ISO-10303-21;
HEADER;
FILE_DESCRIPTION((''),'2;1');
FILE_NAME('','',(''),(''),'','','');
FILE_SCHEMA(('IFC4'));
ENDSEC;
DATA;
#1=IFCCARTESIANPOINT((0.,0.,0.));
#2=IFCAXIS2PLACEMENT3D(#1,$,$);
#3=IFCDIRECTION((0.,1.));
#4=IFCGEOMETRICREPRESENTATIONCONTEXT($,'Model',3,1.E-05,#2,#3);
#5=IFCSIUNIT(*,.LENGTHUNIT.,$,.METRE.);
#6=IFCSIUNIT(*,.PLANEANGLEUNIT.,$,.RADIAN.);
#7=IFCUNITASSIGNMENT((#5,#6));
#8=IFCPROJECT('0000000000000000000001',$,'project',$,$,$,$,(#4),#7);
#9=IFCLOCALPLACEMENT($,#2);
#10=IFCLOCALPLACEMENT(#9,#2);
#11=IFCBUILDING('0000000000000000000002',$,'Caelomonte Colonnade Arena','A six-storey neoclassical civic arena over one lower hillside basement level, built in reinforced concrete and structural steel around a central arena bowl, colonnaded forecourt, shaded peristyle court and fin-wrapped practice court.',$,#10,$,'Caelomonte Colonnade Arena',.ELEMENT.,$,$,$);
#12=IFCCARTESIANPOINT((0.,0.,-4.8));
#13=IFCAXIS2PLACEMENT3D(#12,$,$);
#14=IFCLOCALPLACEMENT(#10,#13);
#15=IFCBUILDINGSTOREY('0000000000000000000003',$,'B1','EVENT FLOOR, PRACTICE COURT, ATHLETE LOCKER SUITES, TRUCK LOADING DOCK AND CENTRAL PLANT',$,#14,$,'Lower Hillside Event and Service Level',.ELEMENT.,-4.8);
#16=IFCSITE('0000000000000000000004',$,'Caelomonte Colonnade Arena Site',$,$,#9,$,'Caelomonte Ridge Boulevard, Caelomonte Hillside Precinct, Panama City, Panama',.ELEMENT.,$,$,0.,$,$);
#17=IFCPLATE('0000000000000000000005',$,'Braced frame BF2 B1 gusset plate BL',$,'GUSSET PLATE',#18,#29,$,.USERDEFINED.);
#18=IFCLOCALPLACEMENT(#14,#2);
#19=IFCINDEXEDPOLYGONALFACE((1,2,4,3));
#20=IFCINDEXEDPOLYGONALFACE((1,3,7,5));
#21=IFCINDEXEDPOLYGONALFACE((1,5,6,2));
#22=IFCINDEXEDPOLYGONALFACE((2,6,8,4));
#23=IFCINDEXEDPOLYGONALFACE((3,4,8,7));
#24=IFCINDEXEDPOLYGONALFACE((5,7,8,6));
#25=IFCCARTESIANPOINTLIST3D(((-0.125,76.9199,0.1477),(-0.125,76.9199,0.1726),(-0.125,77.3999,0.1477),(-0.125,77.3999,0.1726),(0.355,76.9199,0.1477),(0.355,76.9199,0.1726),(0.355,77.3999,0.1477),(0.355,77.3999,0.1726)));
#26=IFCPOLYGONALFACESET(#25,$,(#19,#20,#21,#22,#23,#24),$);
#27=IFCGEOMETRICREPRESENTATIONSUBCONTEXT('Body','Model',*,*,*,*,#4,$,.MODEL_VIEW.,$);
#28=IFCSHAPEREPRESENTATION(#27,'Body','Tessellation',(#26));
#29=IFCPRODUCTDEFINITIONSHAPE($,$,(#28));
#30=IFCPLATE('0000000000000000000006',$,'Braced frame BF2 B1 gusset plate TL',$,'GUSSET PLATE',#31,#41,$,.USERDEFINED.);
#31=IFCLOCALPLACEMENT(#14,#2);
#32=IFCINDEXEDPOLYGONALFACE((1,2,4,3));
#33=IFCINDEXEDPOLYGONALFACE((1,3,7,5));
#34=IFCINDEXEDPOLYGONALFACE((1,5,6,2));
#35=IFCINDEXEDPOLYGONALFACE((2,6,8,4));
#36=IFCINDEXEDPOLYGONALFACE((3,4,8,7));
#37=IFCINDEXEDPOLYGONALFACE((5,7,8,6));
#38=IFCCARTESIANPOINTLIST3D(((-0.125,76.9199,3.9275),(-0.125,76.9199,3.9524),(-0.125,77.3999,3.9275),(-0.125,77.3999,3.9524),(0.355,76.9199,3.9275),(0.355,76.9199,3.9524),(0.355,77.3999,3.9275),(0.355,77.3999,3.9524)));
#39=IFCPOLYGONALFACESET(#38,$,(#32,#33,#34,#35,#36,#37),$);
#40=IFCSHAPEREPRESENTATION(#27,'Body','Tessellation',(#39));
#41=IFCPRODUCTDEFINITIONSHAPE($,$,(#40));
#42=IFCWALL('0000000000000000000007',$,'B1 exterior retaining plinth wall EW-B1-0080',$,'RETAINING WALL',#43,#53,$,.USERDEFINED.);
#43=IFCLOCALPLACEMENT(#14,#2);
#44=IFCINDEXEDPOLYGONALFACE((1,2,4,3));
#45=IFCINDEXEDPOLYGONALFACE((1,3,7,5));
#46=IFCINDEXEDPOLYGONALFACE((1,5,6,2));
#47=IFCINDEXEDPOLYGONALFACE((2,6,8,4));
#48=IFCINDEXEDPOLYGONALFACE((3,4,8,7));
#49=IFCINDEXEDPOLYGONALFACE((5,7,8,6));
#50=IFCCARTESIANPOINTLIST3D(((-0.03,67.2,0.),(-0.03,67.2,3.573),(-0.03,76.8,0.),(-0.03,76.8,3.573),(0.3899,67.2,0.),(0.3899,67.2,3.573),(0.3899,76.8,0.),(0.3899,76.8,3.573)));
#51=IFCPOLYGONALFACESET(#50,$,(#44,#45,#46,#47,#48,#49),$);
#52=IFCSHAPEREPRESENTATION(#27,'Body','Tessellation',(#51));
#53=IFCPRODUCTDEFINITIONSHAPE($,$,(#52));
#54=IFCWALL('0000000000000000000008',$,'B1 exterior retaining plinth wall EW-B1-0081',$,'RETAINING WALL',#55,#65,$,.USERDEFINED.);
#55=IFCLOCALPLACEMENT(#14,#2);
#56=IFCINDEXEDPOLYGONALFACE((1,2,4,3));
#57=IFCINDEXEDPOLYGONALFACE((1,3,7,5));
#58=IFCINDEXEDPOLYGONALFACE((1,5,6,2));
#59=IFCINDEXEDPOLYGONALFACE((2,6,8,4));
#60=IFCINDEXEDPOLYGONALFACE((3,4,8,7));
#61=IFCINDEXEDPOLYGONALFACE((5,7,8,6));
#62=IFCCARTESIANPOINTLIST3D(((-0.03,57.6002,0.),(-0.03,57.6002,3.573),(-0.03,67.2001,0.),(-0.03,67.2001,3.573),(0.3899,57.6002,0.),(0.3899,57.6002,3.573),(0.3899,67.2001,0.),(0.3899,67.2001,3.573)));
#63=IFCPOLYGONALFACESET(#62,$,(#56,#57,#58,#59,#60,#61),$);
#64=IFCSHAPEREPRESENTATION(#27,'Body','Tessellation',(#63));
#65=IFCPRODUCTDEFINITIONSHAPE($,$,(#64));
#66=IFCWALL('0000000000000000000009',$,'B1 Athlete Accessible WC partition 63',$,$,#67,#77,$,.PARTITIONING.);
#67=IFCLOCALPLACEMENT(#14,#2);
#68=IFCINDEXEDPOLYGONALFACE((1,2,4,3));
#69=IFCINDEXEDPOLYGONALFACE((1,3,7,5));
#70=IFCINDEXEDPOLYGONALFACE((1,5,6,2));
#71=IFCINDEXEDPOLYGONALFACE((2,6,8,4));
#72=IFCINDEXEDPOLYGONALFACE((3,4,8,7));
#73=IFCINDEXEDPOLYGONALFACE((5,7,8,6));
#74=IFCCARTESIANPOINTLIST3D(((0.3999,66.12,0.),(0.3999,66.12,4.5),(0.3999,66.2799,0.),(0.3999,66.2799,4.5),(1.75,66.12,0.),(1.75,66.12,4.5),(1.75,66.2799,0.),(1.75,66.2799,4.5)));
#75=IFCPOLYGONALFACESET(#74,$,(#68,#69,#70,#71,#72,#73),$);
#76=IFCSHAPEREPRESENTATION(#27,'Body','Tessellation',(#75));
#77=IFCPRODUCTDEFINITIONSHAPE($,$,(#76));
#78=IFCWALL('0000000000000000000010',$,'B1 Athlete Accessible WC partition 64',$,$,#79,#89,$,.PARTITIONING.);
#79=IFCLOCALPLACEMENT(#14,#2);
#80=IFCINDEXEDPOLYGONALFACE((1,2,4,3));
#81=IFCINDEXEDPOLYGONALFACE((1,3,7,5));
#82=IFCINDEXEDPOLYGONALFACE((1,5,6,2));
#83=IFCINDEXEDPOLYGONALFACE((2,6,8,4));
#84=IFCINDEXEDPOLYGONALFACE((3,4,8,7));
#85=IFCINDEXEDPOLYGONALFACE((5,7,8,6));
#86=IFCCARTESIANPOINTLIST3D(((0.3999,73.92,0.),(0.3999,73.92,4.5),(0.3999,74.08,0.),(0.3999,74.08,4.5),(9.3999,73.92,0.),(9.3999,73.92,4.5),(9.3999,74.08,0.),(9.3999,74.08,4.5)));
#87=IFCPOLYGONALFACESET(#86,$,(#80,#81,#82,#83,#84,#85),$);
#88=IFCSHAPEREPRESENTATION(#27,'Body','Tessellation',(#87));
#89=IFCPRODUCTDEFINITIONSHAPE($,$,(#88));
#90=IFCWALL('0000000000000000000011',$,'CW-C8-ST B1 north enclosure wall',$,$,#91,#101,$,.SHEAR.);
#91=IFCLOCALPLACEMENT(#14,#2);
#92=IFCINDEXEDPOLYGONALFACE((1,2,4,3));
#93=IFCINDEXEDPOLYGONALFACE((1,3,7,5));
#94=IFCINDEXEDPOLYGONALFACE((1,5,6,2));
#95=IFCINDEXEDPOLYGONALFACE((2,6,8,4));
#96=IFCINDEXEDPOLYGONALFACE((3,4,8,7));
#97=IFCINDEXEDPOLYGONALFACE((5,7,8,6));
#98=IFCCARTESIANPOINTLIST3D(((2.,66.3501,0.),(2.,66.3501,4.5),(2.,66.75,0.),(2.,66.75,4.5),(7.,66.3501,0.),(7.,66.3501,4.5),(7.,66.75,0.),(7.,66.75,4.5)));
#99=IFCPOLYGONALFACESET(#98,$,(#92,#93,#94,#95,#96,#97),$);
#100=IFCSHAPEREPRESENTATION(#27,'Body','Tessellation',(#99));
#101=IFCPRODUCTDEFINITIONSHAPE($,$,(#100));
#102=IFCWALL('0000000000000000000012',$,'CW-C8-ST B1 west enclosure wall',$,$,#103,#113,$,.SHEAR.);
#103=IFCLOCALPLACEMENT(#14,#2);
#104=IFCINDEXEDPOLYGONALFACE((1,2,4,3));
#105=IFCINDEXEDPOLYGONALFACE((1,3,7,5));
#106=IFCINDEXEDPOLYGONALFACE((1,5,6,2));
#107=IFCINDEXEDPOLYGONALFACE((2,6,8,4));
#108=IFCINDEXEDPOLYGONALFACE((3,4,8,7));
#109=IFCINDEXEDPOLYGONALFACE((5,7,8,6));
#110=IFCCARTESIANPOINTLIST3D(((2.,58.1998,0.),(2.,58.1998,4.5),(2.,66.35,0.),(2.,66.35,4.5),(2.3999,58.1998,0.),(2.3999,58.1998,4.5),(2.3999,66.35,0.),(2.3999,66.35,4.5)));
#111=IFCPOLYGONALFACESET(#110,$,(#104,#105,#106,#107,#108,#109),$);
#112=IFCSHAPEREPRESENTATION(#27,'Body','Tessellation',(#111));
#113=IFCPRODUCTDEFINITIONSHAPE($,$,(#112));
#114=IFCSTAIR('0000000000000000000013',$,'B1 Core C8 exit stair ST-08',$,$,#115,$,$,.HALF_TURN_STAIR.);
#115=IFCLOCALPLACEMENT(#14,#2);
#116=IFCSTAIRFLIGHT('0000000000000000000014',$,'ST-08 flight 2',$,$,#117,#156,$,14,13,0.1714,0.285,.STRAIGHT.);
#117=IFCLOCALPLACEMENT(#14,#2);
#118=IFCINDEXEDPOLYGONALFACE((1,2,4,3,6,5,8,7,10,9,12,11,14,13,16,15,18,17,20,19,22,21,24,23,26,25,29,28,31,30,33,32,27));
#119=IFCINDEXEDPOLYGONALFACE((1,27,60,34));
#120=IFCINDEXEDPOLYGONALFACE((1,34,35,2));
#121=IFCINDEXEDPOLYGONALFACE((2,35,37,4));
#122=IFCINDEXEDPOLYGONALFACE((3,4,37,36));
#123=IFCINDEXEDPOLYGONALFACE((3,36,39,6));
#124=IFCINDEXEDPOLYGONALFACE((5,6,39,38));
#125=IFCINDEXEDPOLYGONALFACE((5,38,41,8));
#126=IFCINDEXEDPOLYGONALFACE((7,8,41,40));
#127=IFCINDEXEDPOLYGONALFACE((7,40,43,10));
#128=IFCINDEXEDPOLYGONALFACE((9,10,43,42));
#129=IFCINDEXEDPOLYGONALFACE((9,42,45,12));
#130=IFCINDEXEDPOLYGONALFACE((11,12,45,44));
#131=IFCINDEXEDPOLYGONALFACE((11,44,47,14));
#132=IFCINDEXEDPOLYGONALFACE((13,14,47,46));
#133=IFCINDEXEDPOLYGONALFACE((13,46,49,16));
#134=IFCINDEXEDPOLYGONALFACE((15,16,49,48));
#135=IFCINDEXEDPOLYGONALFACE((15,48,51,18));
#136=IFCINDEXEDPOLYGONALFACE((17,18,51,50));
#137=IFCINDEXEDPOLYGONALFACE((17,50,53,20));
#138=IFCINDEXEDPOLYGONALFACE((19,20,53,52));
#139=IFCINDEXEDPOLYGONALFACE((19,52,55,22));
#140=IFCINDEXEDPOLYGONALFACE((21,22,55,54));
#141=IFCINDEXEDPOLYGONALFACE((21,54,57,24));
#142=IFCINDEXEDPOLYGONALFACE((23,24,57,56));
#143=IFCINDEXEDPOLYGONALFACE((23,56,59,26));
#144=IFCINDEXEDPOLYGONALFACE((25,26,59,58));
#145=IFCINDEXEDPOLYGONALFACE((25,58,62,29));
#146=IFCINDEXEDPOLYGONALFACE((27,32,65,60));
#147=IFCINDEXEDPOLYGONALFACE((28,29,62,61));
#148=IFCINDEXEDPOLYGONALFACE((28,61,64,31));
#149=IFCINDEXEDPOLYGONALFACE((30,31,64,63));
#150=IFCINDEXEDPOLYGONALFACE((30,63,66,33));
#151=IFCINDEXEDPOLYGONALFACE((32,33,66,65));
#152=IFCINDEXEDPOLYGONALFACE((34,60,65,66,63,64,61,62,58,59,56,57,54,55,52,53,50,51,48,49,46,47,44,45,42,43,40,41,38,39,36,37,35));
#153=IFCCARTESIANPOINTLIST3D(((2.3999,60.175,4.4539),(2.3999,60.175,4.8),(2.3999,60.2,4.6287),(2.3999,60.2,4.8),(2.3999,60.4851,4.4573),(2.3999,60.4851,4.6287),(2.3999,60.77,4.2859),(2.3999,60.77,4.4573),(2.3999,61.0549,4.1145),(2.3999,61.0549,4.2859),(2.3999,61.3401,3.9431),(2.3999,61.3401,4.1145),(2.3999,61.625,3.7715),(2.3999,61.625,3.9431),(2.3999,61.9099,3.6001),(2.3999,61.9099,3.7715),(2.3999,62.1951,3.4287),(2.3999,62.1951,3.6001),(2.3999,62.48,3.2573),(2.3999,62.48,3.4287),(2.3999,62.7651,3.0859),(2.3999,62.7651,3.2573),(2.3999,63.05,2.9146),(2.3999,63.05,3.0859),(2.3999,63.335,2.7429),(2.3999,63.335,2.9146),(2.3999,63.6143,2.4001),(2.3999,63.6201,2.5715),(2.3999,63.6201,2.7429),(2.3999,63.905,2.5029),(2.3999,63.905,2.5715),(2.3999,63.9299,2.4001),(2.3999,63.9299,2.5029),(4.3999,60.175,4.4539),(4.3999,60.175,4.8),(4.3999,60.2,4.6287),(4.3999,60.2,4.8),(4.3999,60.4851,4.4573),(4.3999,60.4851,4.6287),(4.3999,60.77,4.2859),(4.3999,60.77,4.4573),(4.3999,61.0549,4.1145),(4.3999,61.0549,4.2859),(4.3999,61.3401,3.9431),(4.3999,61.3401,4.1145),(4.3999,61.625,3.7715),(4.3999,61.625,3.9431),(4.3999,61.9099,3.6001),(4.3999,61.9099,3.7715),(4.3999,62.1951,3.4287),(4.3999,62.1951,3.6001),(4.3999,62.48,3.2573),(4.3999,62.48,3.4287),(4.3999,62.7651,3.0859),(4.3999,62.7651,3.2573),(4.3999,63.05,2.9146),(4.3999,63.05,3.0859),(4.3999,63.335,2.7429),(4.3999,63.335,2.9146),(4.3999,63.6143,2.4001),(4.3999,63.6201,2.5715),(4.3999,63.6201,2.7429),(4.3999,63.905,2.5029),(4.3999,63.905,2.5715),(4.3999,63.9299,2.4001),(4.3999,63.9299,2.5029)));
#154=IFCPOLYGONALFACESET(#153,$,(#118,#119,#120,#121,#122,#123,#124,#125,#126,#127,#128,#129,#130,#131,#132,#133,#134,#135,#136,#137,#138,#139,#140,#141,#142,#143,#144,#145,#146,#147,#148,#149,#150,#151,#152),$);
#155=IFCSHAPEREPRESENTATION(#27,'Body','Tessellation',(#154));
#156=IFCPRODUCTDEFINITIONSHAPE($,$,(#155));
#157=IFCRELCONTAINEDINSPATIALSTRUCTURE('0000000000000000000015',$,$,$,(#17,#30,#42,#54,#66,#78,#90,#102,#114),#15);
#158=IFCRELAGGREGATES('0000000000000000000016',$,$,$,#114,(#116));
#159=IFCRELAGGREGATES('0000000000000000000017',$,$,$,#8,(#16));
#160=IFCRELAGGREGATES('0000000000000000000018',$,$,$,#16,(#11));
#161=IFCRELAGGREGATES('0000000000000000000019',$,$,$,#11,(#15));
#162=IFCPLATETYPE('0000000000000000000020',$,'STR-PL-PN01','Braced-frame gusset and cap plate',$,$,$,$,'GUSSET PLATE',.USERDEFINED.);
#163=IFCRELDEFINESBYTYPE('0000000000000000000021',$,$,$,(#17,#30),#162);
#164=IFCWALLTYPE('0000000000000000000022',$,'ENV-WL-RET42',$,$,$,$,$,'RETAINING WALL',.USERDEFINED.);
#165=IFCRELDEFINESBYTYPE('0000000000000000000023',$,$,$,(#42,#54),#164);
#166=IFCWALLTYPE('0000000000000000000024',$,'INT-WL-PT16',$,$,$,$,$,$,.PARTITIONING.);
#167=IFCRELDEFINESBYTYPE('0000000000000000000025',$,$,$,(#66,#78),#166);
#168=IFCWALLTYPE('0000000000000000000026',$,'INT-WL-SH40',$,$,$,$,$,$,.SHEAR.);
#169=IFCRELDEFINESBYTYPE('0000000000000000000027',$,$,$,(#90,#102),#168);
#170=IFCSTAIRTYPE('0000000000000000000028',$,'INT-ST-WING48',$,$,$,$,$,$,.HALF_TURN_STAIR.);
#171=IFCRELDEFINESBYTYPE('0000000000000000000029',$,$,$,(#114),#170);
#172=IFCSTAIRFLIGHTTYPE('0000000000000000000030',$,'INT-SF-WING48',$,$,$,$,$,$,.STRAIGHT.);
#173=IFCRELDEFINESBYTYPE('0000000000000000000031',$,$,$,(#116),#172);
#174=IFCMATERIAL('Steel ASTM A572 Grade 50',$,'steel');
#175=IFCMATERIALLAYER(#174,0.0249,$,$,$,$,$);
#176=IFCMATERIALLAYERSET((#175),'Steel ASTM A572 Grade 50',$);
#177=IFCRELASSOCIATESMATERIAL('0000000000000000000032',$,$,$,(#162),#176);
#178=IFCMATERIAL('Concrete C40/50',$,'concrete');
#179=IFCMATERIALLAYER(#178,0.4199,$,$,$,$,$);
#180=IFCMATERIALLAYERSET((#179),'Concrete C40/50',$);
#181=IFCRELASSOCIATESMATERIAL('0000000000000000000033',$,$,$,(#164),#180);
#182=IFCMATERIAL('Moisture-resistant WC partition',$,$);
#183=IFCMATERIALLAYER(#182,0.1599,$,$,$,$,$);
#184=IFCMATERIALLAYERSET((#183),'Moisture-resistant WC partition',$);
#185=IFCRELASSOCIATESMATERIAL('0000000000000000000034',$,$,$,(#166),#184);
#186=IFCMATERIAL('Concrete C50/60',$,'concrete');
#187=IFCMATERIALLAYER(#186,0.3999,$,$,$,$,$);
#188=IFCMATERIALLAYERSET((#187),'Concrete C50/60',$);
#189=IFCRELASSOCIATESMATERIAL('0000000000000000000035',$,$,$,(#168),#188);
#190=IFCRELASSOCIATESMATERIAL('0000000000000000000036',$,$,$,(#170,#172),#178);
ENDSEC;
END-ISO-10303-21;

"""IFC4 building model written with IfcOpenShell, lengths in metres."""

from ifc_helpers import new_model, si_unit, direction, frame, frame_2d, origin, origin_2d, place, context, subcontext, project, spatial, polyline, rectangle, outline, extrude, material, layer, layer_set, type_object, element, aggregate, save


model = new_model("IFC4")

# Units and contexts
model_context = context("Model", 3, precision=1e-05, world=origin(), true_north=direction((0.0, 1.0)))
body_context = subcontext(model_context, "Body", "Model", "MODEL_VIEW")
ifc_project = project(units=[si_unit("LENGTHUNIT", "METRE"), si_unit("PLANEANGLEUNIT", "RADIAN")], contexts=[model_context])

# Site, building, storey
site_placement = place(None, origin())
site = spatial("IfcSite", under=ifc_project, at=site_placement, Name="Caelomonte Colonnade Arena Site", LongName="Caelomonte Ridge Boulevard, Caelomonte Hillside Precinct, Panama City, Panama", CompositionType="ELEMENT", RefElevation=0.0)
building_placement = place(site_placement, origin())
building = spatial("IfcBuilding", under=site, at=building_placement, Name="Caelomonte Colonnade Arena", Description="A six-storey neoclassical civic arena over one lower hillside basement level, built in reinforced concrete and structural steel around a central arena bowl, colonnaded forecourt, shaded peristyle court and fin-wrapped practice court.", LongName="Caelomonte Colonnade Arena", CompositionType="ELEMENT")
storey_placement = place(building_placement, frame((0.0, 0.0, -4.8)))
storey = spatial("IfcBuildingStorey", under=building, at=storey_placement, Name="B1", Description="EVENT FLOOR, PRACTICE COURT, ATHLETE LOCKER SUITES, TRUCK LOADING DOCK AND CENTRAL PLANT", LongName="Lower Hillside Event and Service Level", CompositionType="ELEMENT", Elevation=-4.8)

# Shared definitions
ifc_material_1 = material(Name="Concrete C40/50", Category="concrete")

# Plates
ifc_material_2 = material(Name="Steel ASTM A572 Grade 50", Category="steel")
ifc_layer_1 = layer(ifc_material_2, 0.0249)
ifc_layer_set_1 = layer_set([ifc_layer_1], Name="Steel ASTM A572 Grade 50")
plate_type = type_object("IfcPlateType", Name="STR-PL-PN01", Description="Braced-frame gusset and cap plate", ElementType="GUSSET PLATE", PredefinedType="USERDEFINED", material=ifc_layer_set_1)
for number, where, z_axis, x_axis, name in (
    (1, (0.115, 77.1599, 0.1477), (0.0, 0.0, 1.0), (1.0, 0.0, 0.0), "Braced frame BF2 B1 gusset plate BL"),
    (2, (0.115, 77.1599, 3.9275), (0.0, 0.0, 1.0), (1.0, 0.0, 0.0), "Braced frame BF2 B1 gusset plate TL"),
):
    element("IfcPlate", number, at=place(storey_placement, frame(where, z_axis=z_axis, x_axis=x_axis)), inside=storey, type_object=plate_type, Name=name, ObjectType="GUSSET PLATE", PredefinedType="USERDEFINED", context=body_context, shape_type="SweptSolid", body=[
        extrude(rectangle(XDim=0.48, YDim=0.48, at=origin_2d()), origin(), (0.0, 0.0, 1.0), 0.0249),
    ])

# Walls
ifc_layer_2 = layer(ifc_material_1, 0.4199)
ifc_layer_set_2 = layer_set([ifc_layer_2], Name="Concrete C40/50")
wall_type_1 = type_object("IfcWallType", Name="ENV-WL-RET42", ElementType="RETAINING WALL", PredefinedType="USERDEFINED", material=ifc_layer_set_2)
wall_1_placement = place(storey_placement, frame((0.1799, 76.8, 0.0), z_axis=(0.0, 0.0, 1.0), x_axis=(0.0, -1.0, 0.0)))
element("IfcWall", 3, at=wall_1_placement, inside=storey, type_object=wall_type_1, Name="B1 exterior retaining plinth wall EW-B1-0080", ObjectType="RETAINING WALL", PredefinedType="USERDEFINED", context=body_context, shape_type="SweptSolid", body=[
    extrude(rectangle(XDim=9.6001, YDim=0.4199, at=frame_2d((4.8, 0.0))), origin(), (0.0, 0.0, 1.0), 3.573),
])
wall_2_placement = place(storey_placement, frame((0.1799, 67.2, 0.0), z_axis=(0.0, 0.0, 1.0), x_axis=(0.0, -1.0, 0.0)))
element("IfcWall", 4, at=wall_2_placement, inside=storey, type_object=wall_type_1, Name="B1 exterior retaining plinth wall EW-B1-0081", ObjectType="RETAINING WALL", PredefinedType="USERDEFINED", context=body_context, shape_type="SweptSolid", body=[
    extrude(rectangle(XDim=9.5999, YDim=0.4199, at=frame_2d((4.7998, 0.0))), origin(), (0.0, 0.0, 1.0), 3.573),
])
ifc_material_3 = material(Name="Moisture-resistant WC partition")
ifc_layer_3 = layer(ifc_material_3, 0.1599)
ifc_layer_set_3 = layer_set([ifc_layer_3], Name="Moisture-resistant WC partition")
wall_type_2 = type_object("IfcWallType", Name="INT-WL-PT16", PredefinedType="PARTITIONING", material=ifc_layer_set_3)
wall_3_placement = place(storey_placement, frame((1.75, 66.2, 0.0), z_axis=(0.0, 0.0, 1.0), x_axis=(-1.0, 0.0, 0.0)))
element("IfcWall", 5, at=wall_3_placement, inside=storey, type_object=wall_type_2, Name="B1 Athlete Accessible WC partition 63", PredefinedType="PARTITIONING", context=body_context, shape_type="SweptSolid", body=[
    extrude(rectangle(XDim=1.3501, YDim=0.1599, at=frame_2d((0.675, 0.0))), origin(), (0.0, 0.0, 1.0), 4.5),
])
wall_4_placement = place(storey_placement, frame((0.3999, 74.0, 0.0), z_axis=(0.0, 0.0, 1.0), x_axis=(1.0, 0.0, 0.0)))
element("IfcWall", 6, at=wall_4_placement, inside=storey, type_object=wall_type_2, Name="B1 Athlete Accessible WC partition 64", PredefinedType="PARTITIONING", context=body_context, shape_type="SweptSolid", body=[
    extrude(rectangle(XDim=9.0, YDim=0.1599, at=frame_2d((4.5, 0.0))), origin(), (0.0, 0.0, 1.0), 4.5),
])
ifc_material_4 = material(Name="Concrete C50/60", Category="concrete")
ifc_layer_4 = layer(ifc_material_4, 0.3999)
ifc_layer_set_4 = layer_set([ifc_layer_4], Name="Concrete C50/60")
wall_type_3 = type_object("IfcWallType", Name="INT-WL-SH40", PredefinedType="SHEAR", material=ifc_layer_set_4)
wall_5_placement = place(storey_placement, frame((7.0, 66.55, 0.0), z_axis=(0.0, 0.0, 1.0), x_axis=(-1.0, 0.0, 0.0)))
element("IfcWall", 7, at=wall_5_placement, inside=storey, type_object=wall_type_3, Name="CW-C8-ST B1 north enclosure wall", PredefinedType="SHEAR", context=body_context, shape_type="SweptSolid", body=[
    extrude(rectangle(XDim=5.0, YDim=0.3999, at=frame_2d((2.5, 0.0))), origin(), (0.0, 0.0, 1.0), 4.5),
])
wall_6_placement = place(storey_placement, frame((2.2, 66.3501, 0.0), z_axis=(0.0, 0.0, 1.0), x_axis=(0.0, -1.0, 0.0)))
element("IfcWall", 8, at=wall_6_placement, inside=storey, type_object=wall_type_3, Name="CW-C8-ST B1 west enclosure wall", PredefinedType="SHEAR", context=body_context, shape_type="SweptSolid", body=[
    extrude(rectangle(XDim=8.1501, YDim=0.3999, at=frame_2d((4.0752, 0.0))), origin(), (0.0, 0.0, 1.0), 4.5),
])

# Stair, stair flight
stair_type = type_object("IfcStairType", Name="INT-ST-WING48", PredefinedType="HALF_TURN_STAIR", material=ifc_material_1)
stair_placement = place(storey_placement, origin())
stair = element("IfcStair", 9, at=stair_placement, inside=storey, type_object=stair_type, Name="B1 Core C8 exit stair ST-08", PredefinedType="HALF_TURN_STAIR")
stair_flight_type = type_object("IfcStairFlightType", Name="INT-SF-WING48", PredefinedType="STRAIGHT", material=ifc_material_1)
stair_flight_placement = place(storey_placement, frame((3.3999, 63.905, 2.4001), z_axis=(0.0, 0.0, 1.0), x_axis=(0.0, -1.0, 0.0)))
stair_flight = element("IfcStairFlight", 10, at=stair_flight_placement, type_object=stair_flight_type, Name="ST-08 flight 2", NumberOfRisers=14, NumberOfTreads=13, PredefinedType="STRAIGHT", RiserHeight=0.1714, TreadLength=0.285, context=body_context, shape_type="SweptSolid", body=[
    extrude(outline(polyline([(-0.0249, 0.0), (-0.0249, 0.1028), (0.0, 0.1028), (0.0, 0.1714), (0.2849, 0.1714), (0.2849, 0.3428), (0.5701, 0.3428), (0.5701, 0.5144), (0.855, 0.5144), (0.855, 0.6858), (1.1399, 0.6858), (1.1399, 0.8572), (1.425, 0.8572), (1.425, 1.0286), (1.71, 1.0286), (1.71, 1.2), (1.9951, 1.2), (1.9951, 1.3713), (2.28, 1.3713), (2.28, 1.543), (2.5649, 1.543), (2.5649, 1.7144), (2.8501, 1.7144), (2.8501, 1.8857), (3.135, 1.8857), (3.135, 2.0571), (3.4199, 2.0571), (3.4199, 2.2285), (3.7051, 2.2285), (3.7051, 2.3999), (3.73, 2.3999), (3.73, 2.0537), (0.2908, 0.0), (-0.0249, 0.0)])), frame((0.0, 1.0, 0.0), z_axis=(0.0, -1.0, 0.0), x_axis=(1.0, 0.0, 0.0)), (0.0, 0.0, 1.0), 2.0),
])
aggregate(stair, [stair_flight])

save(model, "model.ifc")
